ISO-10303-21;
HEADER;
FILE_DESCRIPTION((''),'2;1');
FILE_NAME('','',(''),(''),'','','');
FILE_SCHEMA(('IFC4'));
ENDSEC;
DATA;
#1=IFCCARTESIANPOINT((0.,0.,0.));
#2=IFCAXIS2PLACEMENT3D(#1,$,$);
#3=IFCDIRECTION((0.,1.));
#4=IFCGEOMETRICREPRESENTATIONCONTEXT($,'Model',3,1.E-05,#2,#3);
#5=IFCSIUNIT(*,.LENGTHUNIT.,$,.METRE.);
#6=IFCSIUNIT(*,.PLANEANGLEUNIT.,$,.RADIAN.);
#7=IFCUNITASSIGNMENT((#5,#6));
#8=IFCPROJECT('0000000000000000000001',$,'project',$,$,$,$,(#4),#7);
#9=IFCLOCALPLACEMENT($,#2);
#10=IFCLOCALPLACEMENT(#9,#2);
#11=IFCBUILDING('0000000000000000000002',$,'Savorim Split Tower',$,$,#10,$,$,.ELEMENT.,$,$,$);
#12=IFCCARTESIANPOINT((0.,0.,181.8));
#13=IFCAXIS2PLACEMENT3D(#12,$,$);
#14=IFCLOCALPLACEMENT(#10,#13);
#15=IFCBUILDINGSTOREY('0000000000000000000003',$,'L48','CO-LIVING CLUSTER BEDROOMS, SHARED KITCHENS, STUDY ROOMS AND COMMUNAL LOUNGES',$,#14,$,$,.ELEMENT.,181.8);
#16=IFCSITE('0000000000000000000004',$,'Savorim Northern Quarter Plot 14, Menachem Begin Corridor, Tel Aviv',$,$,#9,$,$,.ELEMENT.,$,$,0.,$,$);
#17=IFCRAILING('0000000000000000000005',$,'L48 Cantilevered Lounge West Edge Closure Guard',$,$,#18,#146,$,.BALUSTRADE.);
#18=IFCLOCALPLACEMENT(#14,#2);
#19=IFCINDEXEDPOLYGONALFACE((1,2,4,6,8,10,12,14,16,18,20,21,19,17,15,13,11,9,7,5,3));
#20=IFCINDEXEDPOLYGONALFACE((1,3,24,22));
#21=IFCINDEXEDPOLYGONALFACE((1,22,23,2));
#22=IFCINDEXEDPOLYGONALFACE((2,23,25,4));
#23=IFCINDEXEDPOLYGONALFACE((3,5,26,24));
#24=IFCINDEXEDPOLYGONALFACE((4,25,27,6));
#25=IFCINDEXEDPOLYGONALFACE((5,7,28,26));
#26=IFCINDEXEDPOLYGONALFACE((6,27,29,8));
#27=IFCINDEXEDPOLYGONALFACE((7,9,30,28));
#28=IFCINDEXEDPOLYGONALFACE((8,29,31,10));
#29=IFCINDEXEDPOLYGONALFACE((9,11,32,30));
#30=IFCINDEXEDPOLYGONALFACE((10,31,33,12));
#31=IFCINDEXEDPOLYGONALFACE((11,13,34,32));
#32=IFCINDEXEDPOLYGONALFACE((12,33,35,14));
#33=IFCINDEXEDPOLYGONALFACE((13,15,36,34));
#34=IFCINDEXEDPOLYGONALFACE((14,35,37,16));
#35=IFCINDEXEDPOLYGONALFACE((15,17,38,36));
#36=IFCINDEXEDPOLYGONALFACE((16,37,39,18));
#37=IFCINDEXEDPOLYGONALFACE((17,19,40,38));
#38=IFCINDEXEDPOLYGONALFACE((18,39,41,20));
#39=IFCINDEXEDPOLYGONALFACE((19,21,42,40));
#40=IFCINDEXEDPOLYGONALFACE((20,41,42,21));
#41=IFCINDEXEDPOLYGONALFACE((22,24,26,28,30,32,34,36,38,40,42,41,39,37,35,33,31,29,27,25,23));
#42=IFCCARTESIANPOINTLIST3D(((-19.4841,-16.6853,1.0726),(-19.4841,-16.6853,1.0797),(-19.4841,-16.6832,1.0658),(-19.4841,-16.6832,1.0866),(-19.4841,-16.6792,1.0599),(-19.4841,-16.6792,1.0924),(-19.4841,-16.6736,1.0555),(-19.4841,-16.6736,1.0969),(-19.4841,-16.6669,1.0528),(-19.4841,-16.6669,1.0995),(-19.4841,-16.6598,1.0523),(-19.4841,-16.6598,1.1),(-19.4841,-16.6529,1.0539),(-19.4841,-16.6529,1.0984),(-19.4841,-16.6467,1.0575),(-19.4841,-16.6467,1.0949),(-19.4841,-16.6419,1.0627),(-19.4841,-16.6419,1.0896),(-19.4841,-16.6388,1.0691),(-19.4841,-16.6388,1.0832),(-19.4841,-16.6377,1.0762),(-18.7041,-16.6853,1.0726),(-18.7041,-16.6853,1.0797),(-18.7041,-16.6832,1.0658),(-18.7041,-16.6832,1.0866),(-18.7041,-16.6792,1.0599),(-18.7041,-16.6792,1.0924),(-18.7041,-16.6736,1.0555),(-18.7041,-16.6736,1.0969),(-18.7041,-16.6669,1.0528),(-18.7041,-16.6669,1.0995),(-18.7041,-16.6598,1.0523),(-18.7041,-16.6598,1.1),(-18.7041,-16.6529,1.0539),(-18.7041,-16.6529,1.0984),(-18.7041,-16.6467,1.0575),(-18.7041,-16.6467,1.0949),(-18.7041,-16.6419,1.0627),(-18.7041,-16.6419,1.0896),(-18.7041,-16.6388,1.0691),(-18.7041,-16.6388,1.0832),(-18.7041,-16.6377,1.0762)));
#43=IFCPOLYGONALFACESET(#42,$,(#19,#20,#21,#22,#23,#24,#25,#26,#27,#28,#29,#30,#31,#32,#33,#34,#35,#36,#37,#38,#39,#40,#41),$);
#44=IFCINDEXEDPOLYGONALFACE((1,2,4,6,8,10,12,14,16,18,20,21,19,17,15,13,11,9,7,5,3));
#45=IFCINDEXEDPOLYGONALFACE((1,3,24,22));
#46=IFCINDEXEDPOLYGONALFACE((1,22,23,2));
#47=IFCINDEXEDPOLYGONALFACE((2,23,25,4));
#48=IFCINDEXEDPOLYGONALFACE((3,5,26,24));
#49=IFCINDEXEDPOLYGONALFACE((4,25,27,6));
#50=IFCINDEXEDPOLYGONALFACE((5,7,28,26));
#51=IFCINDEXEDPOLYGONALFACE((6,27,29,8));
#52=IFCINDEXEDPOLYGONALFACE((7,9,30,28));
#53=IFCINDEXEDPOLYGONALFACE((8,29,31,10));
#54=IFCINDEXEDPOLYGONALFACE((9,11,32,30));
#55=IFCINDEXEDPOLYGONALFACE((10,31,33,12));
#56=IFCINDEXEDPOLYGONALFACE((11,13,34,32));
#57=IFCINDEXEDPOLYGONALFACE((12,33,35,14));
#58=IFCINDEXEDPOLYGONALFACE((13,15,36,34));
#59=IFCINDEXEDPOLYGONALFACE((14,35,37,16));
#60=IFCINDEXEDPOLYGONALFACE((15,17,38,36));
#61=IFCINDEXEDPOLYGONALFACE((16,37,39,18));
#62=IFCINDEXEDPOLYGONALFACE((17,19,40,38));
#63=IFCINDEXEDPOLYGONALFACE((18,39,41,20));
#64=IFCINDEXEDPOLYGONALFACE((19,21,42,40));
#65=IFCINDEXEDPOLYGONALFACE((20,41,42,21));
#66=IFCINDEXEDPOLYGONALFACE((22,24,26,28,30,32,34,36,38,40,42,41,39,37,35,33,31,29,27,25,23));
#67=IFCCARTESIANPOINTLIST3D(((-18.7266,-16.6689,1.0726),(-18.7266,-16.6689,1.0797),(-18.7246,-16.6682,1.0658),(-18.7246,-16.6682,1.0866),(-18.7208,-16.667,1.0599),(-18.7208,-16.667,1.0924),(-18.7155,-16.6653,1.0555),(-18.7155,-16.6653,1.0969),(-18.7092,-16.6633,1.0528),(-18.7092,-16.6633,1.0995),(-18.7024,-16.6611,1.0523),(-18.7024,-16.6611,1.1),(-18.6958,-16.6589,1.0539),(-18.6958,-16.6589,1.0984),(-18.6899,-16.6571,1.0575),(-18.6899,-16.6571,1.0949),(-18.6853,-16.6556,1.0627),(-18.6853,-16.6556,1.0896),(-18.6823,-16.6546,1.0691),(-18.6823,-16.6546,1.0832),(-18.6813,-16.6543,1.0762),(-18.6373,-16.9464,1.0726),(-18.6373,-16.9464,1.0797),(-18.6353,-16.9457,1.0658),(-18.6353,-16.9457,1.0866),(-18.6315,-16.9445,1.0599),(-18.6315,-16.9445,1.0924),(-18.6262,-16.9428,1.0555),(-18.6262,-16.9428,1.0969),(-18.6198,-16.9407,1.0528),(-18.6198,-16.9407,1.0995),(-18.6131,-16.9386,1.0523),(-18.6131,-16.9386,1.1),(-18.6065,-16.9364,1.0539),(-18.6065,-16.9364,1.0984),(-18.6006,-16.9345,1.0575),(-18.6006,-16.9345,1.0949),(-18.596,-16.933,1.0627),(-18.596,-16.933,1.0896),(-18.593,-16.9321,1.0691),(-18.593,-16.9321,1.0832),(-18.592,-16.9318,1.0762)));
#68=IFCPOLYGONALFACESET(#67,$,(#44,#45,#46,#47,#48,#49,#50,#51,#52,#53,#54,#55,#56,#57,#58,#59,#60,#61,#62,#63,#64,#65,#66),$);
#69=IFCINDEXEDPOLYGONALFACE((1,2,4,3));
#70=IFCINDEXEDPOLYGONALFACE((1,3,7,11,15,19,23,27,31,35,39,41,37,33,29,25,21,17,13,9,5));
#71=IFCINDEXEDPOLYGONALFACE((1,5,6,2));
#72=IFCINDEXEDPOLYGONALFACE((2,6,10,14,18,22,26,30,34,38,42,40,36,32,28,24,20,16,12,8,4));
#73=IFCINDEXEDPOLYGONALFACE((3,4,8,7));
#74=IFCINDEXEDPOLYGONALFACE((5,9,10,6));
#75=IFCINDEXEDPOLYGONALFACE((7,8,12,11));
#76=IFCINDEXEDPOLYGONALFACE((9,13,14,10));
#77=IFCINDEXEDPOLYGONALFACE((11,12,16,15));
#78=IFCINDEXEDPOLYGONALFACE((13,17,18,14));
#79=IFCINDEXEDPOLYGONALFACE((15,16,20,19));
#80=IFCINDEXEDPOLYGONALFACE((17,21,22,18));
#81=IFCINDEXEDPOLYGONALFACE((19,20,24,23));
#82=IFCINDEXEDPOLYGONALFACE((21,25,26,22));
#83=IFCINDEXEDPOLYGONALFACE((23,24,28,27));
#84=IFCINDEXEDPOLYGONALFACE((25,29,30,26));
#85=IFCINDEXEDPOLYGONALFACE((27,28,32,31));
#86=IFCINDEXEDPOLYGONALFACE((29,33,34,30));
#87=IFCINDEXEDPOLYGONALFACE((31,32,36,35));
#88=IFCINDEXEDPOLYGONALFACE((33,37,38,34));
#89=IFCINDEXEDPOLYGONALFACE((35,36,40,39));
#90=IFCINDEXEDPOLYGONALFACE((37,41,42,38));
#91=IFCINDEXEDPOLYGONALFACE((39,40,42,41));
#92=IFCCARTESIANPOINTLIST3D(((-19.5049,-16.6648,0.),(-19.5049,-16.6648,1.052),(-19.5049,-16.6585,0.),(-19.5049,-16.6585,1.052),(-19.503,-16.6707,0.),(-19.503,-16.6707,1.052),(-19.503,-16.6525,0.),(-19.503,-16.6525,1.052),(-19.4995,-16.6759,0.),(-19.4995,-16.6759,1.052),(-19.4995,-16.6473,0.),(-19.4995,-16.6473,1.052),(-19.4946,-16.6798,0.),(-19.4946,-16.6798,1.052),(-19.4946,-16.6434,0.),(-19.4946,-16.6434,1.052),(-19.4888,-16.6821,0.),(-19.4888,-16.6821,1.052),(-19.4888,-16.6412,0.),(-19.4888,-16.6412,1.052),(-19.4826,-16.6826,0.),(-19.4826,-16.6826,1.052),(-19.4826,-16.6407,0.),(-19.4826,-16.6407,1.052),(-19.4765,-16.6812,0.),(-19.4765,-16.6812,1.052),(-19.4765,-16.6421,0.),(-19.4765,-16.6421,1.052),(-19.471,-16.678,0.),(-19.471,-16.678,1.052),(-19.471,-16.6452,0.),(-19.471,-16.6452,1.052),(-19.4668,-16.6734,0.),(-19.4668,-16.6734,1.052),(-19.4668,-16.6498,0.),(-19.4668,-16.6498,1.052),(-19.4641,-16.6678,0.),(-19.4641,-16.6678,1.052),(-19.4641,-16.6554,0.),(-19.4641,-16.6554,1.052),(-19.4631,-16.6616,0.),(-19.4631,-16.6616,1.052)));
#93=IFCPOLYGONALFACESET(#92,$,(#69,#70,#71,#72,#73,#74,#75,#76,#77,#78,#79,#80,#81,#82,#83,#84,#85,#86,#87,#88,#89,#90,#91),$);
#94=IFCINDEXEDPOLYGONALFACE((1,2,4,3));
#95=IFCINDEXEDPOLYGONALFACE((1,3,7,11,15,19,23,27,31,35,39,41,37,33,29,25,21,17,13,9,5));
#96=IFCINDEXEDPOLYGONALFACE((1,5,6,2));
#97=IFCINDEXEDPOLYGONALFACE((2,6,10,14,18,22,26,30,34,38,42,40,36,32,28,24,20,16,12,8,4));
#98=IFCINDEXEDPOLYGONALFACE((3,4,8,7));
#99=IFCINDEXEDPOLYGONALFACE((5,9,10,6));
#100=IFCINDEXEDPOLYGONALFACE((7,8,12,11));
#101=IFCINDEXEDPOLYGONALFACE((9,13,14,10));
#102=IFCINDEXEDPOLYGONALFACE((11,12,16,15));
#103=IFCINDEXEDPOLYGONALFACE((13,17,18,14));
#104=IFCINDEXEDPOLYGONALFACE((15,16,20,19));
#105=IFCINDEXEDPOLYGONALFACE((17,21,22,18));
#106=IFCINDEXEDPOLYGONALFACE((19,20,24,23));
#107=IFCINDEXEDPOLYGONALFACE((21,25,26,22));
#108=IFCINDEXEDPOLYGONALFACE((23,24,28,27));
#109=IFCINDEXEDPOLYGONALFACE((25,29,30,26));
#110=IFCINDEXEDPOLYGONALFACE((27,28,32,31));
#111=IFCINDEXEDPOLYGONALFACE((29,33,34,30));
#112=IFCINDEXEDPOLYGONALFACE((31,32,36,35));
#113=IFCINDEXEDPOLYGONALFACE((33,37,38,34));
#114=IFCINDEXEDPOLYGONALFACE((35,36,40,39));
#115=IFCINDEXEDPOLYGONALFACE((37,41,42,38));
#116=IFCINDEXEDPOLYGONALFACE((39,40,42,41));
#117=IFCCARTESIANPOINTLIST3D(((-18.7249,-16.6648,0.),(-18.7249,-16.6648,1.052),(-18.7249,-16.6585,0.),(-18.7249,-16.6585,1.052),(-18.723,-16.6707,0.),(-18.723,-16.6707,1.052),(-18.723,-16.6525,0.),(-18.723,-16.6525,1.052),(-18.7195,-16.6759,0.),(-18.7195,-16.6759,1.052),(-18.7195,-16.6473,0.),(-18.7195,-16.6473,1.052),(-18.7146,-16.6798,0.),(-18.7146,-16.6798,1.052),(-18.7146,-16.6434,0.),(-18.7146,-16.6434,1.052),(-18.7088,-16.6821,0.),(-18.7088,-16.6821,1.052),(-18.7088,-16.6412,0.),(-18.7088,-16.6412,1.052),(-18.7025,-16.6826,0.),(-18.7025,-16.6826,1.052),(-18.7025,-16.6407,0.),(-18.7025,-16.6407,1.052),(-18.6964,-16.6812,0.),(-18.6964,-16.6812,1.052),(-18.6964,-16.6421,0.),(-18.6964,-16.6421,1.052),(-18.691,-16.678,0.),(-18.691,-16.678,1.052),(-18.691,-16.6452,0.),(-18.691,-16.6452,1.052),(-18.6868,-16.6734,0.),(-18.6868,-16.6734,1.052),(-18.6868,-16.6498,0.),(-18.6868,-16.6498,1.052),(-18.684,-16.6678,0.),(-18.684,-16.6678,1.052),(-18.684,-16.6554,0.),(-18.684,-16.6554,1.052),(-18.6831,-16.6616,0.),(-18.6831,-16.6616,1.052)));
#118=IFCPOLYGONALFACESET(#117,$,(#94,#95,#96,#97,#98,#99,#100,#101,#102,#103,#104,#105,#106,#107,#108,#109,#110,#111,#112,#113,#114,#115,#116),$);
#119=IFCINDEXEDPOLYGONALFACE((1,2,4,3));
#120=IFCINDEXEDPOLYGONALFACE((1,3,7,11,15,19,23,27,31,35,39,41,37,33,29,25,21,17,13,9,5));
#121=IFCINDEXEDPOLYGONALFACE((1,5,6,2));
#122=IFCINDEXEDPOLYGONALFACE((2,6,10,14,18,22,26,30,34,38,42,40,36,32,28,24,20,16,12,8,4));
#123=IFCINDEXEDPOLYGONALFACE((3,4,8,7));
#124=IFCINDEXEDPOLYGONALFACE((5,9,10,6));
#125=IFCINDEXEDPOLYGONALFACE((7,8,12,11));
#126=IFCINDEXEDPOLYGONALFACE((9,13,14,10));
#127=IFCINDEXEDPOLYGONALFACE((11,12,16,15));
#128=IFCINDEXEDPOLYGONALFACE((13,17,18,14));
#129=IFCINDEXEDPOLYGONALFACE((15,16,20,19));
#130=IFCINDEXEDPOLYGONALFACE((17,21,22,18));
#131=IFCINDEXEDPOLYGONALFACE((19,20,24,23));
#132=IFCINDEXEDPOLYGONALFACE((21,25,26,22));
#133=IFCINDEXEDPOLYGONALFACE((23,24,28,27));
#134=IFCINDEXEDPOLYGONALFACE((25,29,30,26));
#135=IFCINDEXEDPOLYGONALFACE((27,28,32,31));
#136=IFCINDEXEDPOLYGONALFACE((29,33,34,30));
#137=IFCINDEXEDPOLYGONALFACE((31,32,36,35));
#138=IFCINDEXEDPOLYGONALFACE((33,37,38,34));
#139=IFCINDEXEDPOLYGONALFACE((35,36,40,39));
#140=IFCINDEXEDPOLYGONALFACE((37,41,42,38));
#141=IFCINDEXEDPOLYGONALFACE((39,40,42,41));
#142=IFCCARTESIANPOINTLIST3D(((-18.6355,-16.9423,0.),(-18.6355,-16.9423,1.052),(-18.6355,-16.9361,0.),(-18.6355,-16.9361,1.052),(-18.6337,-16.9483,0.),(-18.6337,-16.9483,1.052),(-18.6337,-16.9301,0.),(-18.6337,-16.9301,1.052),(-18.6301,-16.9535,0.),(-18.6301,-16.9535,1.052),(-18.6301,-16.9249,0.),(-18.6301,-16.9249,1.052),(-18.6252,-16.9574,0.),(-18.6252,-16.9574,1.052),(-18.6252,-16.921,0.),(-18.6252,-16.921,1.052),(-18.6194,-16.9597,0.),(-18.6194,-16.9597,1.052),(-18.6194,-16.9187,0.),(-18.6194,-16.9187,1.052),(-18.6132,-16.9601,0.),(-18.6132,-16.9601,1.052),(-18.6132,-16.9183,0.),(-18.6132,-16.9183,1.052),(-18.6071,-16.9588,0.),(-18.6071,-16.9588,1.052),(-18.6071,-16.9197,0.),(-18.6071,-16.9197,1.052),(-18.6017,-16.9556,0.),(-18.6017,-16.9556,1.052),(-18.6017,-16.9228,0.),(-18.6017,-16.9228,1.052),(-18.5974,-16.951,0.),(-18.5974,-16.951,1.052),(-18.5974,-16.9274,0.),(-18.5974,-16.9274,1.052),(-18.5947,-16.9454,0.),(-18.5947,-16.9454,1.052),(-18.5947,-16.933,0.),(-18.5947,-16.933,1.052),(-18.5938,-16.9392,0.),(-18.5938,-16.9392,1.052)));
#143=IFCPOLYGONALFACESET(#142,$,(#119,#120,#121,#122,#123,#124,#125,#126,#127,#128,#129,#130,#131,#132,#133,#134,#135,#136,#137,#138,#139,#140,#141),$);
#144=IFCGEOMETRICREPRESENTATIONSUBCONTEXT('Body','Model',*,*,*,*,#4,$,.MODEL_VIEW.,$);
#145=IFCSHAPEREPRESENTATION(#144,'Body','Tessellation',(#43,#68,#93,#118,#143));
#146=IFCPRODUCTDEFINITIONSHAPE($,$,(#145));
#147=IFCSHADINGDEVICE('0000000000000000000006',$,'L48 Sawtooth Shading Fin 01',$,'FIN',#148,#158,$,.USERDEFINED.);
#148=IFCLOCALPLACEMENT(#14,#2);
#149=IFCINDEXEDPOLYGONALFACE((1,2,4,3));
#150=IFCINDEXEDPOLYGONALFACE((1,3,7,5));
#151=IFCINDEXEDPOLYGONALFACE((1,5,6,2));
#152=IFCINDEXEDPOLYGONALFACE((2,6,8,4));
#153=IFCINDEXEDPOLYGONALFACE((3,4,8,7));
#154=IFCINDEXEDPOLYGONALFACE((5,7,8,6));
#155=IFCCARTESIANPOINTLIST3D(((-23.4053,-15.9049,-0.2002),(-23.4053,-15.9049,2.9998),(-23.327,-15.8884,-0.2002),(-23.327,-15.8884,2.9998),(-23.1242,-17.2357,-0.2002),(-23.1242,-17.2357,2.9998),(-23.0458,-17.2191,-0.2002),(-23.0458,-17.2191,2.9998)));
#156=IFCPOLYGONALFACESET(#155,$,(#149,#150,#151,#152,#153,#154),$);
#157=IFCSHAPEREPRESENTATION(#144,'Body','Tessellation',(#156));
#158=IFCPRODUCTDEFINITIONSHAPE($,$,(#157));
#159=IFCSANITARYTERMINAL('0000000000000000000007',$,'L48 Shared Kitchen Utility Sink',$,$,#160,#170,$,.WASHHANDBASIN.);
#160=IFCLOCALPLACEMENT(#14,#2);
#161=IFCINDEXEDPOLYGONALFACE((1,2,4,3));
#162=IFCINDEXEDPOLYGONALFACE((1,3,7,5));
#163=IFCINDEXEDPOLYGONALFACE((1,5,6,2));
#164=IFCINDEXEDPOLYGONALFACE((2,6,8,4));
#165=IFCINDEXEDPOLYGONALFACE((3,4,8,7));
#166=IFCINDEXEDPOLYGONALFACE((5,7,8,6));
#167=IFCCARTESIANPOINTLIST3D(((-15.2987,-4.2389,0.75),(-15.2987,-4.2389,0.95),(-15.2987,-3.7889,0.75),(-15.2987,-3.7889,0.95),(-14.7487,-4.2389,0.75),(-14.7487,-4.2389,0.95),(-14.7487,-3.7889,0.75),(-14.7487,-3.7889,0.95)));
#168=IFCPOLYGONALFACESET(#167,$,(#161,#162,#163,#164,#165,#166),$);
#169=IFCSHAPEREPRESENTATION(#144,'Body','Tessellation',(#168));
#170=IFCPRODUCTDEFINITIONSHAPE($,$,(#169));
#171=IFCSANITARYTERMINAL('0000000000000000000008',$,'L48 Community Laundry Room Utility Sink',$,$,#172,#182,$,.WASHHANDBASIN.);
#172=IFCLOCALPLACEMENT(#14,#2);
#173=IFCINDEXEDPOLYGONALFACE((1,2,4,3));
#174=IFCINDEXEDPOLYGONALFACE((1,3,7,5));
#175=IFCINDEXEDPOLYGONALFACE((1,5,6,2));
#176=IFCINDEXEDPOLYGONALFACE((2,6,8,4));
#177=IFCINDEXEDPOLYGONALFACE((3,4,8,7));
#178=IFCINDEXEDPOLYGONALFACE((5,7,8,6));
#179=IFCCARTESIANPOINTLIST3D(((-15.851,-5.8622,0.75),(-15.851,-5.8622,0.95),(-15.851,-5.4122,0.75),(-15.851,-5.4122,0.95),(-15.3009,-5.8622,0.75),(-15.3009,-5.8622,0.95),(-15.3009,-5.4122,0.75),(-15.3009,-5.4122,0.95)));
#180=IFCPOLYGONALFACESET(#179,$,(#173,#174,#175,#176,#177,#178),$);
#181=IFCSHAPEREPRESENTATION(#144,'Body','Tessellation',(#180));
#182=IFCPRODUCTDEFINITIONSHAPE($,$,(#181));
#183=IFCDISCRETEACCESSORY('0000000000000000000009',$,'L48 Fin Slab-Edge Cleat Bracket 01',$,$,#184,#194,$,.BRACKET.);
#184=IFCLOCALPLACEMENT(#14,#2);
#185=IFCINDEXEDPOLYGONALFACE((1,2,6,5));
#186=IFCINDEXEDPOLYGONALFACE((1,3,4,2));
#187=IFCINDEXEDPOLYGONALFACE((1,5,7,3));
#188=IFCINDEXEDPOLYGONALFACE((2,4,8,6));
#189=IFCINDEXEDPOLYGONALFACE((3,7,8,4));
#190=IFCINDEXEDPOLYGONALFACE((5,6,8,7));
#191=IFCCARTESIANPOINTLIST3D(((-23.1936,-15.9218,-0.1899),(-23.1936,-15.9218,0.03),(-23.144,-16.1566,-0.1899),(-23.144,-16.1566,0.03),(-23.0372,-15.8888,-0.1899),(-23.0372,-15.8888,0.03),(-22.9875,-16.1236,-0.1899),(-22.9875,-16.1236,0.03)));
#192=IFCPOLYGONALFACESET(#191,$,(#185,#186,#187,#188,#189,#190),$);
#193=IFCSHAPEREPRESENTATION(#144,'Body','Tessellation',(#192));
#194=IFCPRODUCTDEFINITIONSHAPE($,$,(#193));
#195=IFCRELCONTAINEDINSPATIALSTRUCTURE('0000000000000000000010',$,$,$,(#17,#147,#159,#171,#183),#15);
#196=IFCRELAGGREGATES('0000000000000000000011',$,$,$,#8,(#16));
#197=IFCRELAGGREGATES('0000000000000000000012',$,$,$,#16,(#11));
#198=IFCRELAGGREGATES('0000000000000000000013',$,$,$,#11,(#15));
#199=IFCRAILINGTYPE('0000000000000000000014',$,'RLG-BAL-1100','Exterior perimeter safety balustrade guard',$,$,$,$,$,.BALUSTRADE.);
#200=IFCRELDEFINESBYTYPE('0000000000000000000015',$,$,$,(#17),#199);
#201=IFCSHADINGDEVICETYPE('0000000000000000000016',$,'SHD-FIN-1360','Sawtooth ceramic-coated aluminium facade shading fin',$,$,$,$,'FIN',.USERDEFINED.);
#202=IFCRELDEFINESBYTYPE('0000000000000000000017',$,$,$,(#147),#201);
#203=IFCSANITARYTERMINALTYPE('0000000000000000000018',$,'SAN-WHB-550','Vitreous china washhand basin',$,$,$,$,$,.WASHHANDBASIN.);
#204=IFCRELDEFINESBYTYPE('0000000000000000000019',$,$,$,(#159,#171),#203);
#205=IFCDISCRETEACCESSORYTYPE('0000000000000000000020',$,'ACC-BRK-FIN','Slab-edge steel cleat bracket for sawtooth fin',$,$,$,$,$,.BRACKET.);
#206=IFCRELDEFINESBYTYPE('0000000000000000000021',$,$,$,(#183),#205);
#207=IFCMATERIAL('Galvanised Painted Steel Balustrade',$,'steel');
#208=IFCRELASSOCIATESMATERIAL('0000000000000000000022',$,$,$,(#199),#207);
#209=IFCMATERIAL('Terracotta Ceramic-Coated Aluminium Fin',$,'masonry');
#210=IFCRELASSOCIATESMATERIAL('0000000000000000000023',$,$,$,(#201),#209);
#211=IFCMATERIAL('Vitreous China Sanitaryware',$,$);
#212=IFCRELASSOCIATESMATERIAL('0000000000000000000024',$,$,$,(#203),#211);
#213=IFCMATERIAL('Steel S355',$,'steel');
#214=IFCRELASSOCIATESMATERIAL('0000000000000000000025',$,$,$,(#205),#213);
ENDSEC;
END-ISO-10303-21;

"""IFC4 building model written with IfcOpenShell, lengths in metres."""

from ifc_helpers import new_model, si_unit, direction, frame, origin, origin_2d, place, context, subcontext, project, spatial, rectangle, circle, extrude, material, type_object, element, save


model = new_model("IFC4")

# Units and contexts
model_context = context("Model", 3, precision=1e-05, world=origin(), true_north=direction((0.0, 1.0)))
body_context = subcontext(model_context, "Body", "Model", "MODEL_VIEW")
ifc_project = project(units=[si_unit("LENGTHUNIT", "METRE"), si_unit("PLANEANGLEUNIT", "RADIAN")], contexts=[model_context])

# Site, building, storey
site_placement = place(None, origin())
site = spatial("IfcSite", under=ifc_project, at=site_placement, Name="Savorim Northern Quarter Plot 14, Menachem Begin Corridor, Tel Aviv", CompositionType="ELEMENT", RefElevation=0.0)
building_placement = place(site_placement, origin())
building = spatial("IfcBuilding", under=site, at=building_placement, Name="Savorim Split Tower", CompositionType="ELEMENT")
storey_placement = place(building_placement, frame((0.0, 0.0, 181.8)))
storey = spatial("IfcBuildingStorey", under=building, at=storey_placement, Name="L48", Description="CO-LIVING CLUSTER BEDROOMS, SHARED KITCHENS, STUDY ROOMS AND COMMUNAL LOUNGES", CompositionType="ELEMENT", Elevation=181.8)

# Shared definitions
ifc_material_1 = material(Name="Steel S355", Category="steel")

# Railing
ifc_material_2 = material(Name="Galvanised Painted Steel Balustrade", Category="steel")
railing_type = type_object("IfcRailingType", Name="RLG-BAL-1100", Description="Exterior perimeter safety balustrade guard", PredefinedType="BALUSTRADE", material=ifc_material_2)
railing_placement = place(storey_placement, frame((-19.4841, -16.6616, 0.0)))
element("IfcRailing", 1, at=railing_placement, inside=storey, type_object=railing_type, Name="L48 Cantilevered Lounge West Edge Closure Guard", PredefinedType="BALUSTRADE", context=body_context, shape_type="SweptSolid", body=[
    extrude(circle(Radius=0.0239, at=origin_2d()), frame((0.0, 0.0, 1.0762), z_axis=(1.0, 0.0, 0.0), x_axis=(0.0, 1.0, 0.0)), (0.0, 0.0, 1.0), 0.78),
    extrude(circle(Radius=0.0239, at=origin_2d()), frame((0.78, 0.0, 1.0762), z_axis=(0.306416, -0.951898, 0.0), x_axis=(0.951898, 0.306416, 0.0)), (0.0, 0.0, 1.0), 0.2915),
    extrude(circle(Radius=0.021, at=origin_2d()), origin(), (0.0, 0.0, 1.0), 1.052),
    extrude(circle(Radius=0.021, at=origin_2d()), frame((0.78, 0.0, 0.0)), (0.0, 0.0, 1.0), 1.052),
    extrude(circle(Radius=0.021, at=origin_2d()), frame((0.8694, -0.2776, 0.0)), (0.0, 0.0, 1.0), 1.052),
])

# Shading device
ifc_material_3 = material(Name="Terracotta Ceramic-Coated Aluminium Fin", Category="masonry")
shading_device_type = type_object("IfcShadingDeviceType", Name="SHD-FIN-1360", Description="Sawtooth ceramic-coated aluminium facade shading fin", ElementType="FIN", PredefinedType="USERDEFINED", material=ifc_material_3)
shading_device_placement = place(storey_placement, frame((-23.2256, -16.562, -0.2002), z_axis=(0.0, 0.0, 1.0), x_axis=(0.206722, -0.9784, 0.0)))
element("IfcShadingDevice", 2, at=shading_device_placement, inside=storey, type_object=shading_device_type, Name="L48 Sawtooth Shading Fin 01", ObjectType="FIN", PredefinedType="USERDEFINED", context=body_context, shape_type="SweptSolid", body=[
    extrude(rectangle(XDim=1.3601, YDim=0.0801, at=origin_2d()), origin(), (0.0, 0.0, 1.0), 3.2),
])

# Sanitary terminals
ifc_material_4 = material(Name="Vitreous China Sanitaryware")
sanitary_terminal_type = type_object("IfcSanitaryTerminalType", Name="SAN-WHB-550", Description="Vitreous china washhand basin", PredefinedType="WASHHANDBASIN", material=ifc_material_4)
for number, where, z_axis, x_axis, name in (
    (3, (-15.0237, -4.0139, 0.75), (0.0, 0.0, 1.0), (1.0, 0.0, 0.0), "L48 Shared Kitchen Utility Sink"),
    (4, (-15.5759, -5.6372, 0.75), (0.0, 0.0, 1.0), (1.0, 0.0, 0.0), "L48 Community Laundry Room Utility Sink"),
):
    element("IfcSanitaryTerminal", number, at=place(storey_placement, frame(where, z_axis=z_axis, x_axis=x_axis)), inside=storey, type_object=sanitary_terminal_type, Name=name, PredefinedType="WASHHANDBASIN", context=body_context, shape_type="SweptSolid", body=[
        extrude(rectangle(XDim=0.55, YDim=0.45, at=origin_2d()), origin(), (0.0, 0.0, 1.0), 0.2),
    ])

# Discrete accessory
discrete_accessory_type = type_object("IfcDiscreteAccessoryType", Name="ACC-BRK-FIN", Description="Slab-edge steel cleat bracket for sawtooth fin", PredefinedType="BRACKET", material=ifc_material_1)
discrete_accessory_placement = place(storey_placement, frame((-23.0906, -16.0227, -0.1899), z_axis=(0.0, 0.0, 1.0), x_axis=(0.206722, -0.9784, 0.0)))
element("IfcDiscreteAccessory", 5, at=discrete_accessory_placement, inside=storey, type_object=discrete_accessory_type, Name="L48 Fin Slab-Edge Cleat Bracket 01", PredefinedType="BRACKET", context=body_context, shape_type="SweptSolid", body=[
    extrude(rectangle(XDim=0.24, YDim=0.1599, at=origin_2d()), origin(), (0.0, 0.0, 1.0), 0.22),
])

save(model, "model.ifc")
